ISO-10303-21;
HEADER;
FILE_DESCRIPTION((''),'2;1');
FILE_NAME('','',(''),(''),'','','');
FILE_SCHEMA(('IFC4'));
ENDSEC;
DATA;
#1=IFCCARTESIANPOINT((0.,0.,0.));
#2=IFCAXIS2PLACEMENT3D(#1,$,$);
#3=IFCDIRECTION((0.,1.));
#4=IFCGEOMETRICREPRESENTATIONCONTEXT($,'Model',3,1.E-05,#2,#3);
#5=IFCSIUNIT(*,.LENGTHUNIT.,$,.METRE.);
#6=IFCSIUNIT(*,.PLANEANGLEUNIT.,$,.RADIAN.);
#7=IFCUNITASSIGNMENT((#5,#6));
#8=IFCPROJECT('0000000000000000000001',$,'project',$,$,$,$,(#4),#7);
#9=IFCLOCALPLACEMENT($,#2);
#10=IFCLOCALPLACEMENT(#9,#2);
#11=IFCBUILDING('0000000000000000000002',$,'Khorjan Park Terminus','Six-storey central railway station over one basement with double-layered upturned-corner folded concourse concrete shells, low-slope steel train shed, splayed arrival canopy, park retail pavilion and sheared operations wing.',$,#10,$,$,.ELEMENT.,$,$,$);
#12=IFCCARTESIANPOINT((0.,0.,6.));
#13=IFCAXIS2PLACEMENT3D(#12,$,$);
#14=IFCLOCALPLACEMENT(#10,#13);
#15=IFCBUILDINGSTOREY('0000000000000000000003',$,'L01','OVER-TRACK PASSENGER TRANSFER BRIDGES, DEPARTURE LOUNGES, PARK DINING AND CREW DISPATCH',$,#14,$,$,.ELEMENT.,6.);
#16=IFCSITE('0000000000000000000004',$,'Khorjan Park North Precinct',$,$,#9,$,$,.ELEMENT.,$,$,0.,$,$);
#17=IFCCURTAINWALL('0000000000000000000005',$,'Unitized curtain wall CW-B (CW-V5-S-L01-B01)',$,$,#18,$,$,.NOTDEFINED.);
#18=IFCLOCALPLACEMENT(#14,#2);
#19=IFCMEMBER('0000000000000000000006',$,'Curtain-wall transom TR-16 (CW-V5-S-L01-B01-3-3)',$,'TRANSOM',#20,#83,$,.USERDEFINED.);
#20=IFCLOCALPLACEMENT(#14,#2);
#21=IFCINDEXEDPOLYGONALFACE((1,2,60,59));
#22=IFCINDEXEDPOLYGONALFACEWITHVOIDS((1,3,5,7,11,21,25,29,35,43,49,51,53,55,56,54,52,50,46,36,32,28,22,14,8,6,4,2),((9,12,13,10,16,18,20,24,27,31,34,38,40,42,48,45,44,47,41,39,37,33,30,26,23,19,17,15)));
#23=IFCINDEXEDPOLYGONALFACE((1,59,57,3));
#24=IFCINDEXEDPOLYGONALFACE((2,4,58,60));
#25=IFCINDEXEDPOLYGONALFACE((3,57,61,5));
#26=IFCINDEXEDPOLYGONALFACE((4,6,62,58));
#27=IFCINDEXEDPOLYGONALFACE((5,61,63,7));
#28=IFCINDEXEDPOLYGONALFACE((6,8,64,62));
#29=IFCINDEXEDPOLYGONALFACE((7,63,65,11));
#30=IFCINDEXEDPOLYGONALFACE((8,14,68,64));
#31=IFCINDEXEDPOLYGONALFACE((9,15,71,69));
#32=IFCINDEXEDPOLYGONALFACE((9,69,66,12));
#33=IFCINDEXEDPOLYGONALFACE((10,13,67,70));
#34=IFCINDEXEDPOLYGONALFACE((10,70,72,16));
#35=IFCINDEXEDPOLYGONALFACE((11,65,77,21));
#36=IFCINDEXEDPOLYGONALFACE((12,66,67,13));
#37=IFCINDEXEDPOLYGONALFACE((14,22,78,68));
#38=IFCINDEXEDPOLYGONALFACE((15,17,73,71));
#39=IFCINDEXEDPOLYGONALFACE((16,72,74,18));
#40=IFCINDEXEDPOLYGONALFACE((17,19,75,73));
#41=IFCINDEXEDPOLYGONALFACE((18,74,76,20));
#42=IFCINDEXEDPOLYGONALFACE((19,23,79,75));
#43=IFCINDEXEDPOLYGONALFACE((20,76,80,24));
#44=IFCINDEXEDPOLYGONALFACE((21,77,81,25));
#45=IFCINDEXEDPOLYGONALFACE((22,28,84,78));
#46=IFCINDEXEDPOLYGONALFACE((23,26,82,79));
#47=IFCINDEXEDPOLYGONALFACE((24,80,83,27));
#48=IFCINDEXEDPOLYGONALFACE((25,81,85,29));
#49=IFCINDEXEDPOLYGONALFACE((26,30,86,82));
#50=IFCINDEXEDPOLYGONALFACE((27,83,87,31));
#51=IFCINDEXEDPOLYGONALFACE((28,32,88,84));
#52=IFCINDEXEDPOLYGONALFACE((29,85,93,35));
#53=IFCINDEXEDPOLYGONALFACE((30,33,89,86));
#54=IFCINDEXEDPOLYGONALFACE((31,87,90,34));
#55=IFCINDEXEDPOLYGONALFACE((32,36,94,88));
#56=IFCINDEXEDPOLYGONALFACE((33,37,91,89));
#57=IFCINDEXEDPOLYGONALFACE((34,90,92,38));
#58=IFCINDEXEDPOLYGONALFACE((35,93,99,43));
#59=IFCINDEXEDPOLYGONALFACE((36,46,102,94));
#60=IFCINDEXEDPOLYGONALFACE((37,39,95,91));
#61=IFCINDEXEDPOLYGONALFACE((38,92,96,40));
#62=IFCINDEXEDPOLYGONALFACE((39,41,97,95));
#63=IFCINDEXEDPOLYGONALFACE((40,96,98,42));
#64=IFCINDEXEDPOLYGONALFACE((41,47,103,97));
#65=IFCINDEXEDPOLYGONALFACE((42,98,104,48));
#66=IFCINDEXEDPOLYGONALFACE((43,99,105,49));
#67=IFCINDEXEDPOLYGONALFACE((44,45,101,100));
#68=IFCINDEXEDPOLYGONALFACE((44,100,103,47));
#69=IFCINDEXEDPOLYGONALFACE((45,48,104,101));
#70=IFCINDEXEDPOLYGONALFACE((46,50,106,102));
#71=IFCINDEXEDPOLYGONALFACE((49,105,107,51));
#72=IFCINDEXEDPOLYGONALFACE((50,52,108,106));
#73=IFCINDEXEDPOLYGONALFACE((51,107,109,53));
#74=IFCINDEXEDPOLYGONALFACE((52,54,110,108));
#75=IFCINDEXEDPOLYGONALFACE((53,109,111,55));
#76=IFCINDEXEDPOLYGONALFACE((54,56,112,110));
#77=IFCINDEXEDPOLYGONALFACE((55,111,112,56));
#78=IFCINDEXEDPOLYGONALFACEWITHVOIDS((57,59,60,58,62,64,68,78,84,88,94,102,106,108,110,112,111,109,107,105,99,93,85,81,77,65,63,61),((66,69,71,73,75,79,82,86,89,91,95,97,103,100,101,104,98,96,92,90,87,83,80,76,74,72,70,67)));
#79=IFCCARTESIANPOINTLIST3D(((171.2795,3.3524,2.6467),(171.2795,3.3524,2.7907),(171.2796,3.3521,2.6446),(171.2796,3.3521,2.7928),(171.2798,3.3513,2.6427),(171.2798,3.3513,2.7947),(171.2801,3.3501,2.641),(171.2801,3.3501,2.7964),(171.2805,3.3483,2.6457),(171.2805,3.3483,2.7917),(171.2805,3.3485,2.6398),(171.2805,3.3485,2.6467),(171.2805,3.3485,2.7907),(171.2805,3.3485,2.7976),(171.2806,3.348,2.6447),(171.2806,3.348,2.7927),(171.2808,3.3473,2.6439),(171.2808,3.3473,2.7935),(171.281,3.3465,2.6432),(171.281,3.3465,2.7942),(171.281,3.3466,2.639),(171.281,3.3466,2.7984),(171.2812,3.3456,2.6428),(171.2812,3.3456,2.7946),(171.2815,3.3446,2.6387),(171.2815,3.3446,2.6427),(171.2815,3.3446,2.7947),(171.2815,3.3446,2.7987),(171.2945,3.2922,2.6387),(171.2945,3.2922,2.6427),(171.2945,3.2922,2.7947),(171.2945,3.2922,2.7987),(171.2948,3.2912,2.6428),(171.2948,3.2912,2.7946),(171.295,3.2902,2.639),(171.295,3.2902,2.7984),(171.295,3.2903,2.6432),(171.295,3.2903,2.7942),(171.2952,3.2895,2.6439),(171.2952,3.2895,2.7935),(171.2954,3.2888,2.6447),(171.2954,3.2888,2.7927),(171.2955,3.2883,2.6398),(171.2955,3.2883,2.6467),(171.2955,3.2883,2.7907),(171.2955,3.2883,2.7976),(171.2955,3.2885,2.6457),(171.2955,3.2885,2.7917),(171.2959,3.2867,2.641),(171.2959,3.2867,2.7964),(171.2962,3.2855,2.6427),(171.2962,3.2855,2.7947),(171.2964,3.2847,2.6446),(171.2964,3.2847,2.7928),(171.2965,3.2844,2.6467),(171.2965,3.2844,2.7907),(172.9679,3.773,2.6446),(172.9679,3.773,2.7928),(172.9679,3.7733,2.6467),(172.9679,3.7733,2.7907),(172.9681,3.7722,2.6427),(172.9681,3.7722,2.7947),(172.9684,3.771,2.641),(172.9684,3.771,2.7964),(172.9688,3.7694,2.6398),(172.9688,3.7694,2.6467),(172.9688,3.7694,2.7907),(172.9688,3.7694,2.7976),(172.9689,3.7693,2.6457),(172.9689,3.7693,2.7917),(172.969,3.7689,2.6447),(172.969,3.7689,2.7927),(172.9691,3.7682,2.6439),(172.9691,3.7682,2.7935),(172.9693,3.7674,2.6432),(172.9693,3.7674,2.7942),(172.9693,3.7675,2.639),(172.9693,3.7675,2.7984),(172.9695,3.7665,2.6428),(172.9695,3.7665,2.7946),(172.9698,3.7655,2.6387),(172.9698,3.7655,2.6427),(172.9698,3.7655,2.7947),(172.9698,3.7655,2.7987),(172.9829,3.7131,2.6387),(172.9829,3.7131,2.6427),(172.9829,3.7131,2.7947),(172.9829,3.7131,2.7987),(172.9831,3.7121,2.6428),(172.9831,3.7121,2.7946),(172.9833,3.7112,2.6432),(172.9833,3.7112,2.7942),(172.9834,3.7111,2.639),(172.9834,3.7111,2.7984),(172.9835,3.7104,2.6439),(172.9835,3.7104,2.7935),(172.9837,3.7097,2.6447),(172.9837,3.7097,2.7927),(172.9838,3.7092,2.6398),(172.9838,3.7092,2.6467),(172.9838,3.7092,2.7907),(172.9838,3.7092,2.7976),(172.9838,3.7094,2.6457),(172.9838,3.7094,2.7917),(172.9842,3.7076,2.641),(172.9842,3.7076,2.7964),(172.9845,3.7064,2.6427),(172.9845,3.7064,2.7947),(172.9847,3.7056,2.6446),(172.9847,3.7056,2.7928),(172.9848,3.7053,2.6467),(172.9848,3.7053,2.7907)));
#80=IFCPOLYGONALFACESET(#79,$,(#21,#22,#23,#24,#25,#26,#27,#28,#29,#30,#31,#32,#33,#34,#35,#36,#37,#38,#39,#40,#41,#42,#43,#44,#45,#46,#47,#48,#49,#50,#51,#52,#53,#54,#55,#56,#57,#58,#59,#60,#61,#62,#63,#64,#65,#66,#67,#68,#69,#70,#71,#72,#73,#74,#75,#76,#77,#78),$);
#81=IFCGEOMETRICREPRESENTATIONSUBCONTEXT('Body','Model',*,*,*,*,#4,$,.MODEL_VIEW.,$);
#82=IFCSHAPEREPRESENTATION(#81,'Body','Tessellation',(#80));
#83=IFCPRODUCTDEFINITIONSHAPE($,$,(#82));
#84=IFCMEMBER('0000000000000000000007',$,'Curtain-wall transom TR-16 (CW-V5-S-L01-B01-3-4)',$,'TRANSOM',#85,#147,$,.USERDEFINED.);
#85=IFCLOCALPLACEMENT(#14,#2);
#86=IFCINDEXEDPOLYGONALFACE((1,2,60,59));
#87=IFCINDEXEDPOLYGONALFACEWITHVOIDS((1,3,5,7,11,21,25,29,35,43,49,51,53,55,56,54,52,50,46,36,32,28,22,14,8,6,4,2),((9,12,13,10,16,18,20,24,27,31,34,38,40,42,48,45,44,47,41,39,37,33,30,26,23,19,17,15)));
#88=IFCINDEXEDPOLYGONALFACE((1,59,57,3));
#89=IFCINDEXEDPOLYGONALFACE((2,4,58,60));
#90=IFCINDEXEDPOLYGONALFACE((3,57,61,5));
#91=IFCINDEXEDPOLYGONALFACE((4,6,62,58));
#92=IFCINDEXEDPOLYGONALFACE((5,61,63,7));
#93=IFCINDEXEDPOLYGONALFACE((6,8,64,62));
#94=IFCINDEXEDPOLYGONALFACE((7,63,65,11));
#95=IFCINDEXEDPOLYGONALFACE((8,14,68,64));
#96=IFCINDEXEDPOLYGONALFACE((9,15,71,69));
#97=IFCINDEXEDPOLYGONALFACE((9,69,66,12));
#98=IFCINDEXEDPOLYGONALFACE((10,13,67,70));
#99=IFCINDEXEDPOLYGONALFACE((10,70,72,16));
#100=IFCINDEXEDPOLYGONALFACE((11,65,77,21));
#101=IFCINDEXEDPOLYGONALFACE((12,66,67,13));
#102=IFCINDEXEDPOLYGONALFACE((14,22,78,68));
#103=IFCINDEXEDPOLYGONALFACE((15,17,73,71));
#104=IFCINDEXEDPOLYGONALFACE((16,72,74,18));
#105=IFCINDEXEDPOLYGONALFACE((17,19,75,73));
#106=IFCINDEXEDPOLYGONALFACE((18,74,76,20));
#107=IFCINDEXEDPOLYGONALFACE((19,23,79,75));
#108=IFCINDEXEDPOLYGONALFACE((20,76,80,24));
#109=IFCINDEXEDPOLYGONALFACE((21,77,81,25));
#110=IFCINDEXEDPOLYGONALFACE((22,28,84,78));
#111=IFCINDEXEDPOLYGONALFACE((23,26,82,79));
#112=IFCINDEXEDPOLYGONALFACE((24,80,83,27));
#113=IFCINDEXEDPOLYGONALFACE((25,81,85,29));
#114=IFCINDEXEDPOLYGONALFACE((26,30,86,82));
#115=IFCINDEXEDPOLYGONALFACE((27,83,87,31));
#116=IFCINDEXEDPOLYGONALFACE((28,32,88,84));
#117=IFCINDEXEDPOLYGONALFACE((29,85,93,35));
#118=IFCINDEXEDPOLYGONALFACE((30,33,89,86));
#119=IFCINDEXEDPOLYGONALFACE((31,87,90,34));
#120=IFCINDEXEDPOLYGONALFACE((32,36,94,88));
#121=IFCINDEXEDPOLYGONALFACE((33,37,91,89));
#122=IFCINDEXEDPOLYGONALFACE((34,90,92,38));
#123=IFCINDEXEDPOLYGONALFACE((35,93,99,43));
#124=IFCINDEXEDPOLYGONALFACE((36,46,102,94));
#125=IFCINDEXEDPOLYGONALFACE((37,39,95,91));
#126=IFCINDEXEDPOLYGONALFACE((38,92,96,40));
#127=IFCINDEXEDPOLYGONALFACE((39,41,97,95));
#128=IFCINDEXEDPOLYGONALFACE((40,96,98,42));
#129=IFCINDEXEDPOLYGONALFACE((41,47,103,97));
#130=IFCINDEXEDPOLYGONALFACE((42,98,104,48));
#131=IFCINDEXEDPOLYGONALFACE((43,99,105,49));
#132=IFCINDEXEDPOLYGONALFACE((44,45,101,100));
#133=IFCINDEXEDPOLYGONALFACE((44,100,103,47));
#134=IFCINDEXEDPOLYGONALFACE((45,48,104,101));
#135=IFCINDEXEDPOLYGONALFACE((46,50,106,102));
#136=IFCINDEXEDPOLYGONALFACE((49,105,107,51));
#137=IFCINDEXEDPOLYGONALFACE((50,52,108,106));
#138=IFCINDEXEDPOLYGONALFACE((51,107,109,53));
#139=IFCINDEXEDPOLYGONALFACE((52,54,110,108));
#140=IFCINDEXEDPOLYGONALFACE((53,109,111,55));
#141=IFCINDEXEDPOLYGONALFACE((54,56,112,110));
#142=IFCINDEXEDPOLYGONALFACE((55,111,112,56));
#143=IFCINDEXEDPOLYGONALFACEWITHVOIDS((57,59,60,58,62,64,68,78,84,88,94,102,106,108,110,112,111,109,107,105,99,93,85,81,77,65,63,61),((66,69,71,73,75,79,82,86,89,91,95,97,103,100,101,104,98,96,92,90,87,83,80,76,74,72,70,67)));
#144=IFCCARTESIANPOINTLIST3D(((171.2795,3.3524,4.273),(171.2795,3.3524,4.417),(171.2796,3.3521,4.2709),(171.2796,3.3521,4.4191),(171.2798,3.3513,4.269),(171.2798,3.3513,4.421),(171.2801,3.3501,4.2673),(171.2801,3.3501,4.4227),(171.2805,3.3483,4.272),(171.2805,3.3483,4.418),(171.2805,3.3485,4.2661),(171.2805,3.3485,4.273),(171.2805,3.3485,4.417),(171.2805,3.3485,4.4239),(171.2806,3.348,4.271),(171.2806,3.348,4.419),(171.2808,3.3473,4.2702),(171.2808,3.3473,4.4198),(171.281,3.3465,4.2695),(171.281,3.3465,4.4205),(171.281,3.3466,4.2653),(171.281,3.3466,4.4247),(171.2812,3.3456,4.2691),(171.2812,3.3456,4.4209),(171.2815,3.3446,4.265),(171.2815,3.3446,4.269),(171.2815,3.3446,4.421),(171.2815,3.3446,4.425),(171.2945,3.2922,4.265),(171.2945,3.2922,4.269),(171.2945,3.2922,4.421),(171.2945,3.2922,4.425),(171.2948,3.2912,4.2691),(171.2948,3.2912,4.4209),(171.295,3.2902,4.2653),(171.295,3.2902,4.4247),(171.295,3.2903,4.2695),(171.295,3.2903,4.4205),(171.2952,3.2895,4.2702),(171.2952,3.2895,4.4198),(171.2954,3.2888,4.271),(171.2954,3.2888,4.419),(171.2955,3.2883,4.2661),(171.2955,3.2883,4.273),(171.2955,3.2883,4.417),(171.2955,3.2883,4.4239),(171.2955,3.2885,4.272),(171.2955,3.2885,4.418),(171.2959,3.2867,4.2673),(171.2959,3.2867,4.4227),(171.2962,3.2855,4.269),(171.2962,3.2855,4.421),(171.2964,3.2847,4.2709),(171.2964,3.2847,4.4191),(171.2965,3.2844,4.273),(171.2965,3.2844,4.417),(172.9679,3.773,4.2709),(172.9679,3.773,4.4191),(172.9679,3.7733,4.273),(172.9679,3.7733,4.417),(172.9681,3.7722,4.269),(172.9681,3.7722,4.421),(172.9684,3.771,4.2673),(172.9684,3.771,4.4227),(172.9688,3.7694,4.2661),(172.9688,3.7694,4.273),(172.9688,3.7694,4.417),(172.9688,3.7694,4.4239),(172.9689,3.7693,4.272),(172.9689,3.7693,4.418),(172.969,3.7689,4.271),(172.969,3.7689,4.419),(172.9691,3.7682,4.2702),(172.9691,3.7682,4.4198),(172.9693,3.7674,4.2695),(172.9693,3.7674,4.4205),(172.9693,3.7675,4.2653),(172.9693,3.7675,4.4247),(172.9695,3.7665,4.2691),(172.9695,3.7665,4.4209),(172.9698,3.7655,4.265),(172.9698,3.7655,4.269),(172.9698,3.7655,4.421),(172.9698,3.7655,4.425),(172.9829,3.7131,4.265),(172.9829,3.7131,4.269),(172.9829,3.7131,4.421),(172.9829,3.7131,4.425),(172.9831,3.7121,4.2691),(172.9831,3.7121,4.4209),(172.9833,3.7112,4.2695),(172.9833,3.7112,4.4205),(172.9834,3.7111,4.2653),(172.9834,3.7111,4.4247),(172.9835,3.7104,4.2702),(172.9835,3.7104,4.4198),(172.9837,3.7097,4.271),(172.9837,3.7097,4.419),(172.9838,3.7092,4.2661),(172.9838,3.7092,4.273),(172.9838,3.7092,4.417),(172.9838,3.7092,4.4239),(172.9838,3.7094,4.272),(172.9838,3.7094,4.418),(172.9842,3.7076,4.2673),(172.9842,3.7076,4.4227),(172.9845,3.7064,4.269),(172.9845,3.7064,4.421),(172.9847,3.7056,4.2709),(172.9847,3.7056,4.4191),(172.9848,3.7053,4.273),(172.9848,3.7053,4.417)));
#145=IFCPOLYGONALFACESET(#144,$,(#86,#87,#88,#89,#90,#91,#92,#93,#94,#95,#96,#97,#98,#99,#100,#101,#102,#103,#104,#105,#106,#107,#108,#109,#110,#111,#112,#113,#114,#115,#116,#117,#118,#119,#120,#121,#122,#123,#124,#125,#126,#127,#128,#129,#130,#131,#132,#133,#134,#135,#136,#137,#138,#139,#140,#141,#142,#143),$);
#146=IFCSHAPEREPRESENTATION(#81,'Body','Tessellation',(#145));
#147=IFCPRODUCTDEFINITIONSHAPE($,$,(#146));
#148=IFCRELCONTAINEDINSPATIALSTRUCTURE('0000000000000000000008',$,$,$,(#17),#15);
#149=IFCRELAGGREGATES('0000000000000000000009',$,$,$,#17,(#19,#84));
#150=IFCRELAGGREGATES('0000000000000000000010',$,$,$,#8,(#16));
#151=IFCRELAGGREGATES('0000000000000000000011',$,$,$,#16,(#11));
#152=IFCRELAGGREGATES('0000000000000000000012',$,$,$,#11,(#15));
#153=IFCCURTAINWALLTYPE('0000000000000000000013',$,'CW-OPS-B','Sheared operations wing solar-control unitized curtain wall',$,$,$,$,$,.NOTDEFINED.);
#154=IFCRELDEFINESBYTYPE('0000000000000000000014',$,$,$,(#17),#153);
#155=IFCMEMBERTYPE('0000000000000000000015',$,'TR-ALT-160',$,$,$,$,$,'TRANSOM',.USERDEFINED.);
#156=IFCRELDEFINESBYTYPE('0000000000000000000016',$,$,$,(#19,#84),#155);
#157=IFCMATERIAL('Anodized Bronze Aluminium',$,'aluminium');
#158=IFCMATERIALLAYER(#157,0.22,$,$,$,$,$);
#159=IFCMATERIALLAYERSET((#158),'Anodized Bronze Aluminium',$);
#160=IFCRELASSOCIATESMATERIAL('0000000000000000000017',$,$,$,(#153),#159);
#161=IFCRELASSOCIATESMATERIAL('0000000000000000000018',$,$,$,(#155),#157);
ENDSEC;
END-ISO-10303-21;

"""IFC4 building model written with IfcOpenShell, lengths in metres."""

from ifc_helpers import new_model, si_unit, direction, frame, origin, origin_2d, place, context, subcontext, project, spatial, hollow_rectangle, extrude, material, layer, layer_set, material_profile, profile_set, type_object, element, aggregate, save


model = new_model("IFC4")

# Units and contexts
model_context = context("Model", 3, precision=1e-05, world=origin(), true_north=direction((0.0, 1.0)))
body_context = subcontext(model_context, "Body", "Model", "MODEL_VIEW")
ifc_project = project(units=[si_unit("LENGTHUNIT", "METRE"), si_unit("PLANEANGLEUNIT", "RADIAN")], contexts=[model_context])

# Site, building, storey
site_placement = place(None, origin())
site = spatial("IfcSite", under=ifc_project, at=site_placement, Name="Khorjan Park North Precinct", CompositionType="ELEMENT", RefElevation=0.0)
building_placement = place(site_placement, origin())
building = spatial("IfcBuilding", under=site, at=building_placement, Name="Khorjan Park Terminus", Description="Six-storey central railway station over one basement with double-layered upturned-corner folded concourse concrete shells, low-slope steel train shed, splayed arrival canopy, park retail pavilion and sheared operations wing.", CompositionType="ELEMENT")
storey_placement = place(building_placement, frame((0.0, 0.0, 6.0)))
storey = spatial("IfcBuildingStorey", under=building, at=storey_placement, Name="L01", Description="OVER-TRACK PASSENGER TRANSFER BRIDGES, DEPARTURE LOUNGES, PARK DINING AND CREW DISPATCH", CompositionType="ELEMENT", Elevation=6.0)

# Curtain wall, members
ifc_material_1 = material(Name="Anodized Bronze Aluminium", Category="aluminium")
ifc_layer_1 = layer(ifc_material_1, 0.22)
ifc_layer_set_1 = layer_set([ifc_layer_1], Name="Anodized Bronze Aluminium")
curtain_wall_type = type_object("IfcCurtainWallType", Name="CW-OPS-B", Description="Sheared operations wing solar-control unitized curtain wall", PredefinedType="NOTDEFINED", material=ifc_layer_set_1)
curtain_wall_placement = place(storey_placement, origin())
curtain_wall = element("IfcCurtainWall", 1, at=curtain_wall_placement, inside=storey, type_object=curtain_wall_type, Name="Unitized curtain wall CW-B (CW-V5-S-L01-B01)", PredefinedType="NOTDEFINED")
ifc_material_profile_1 = material_profile(ifc_material_1, hollow_rectangle(XDim=0.07, YDim=0.16, WallThickness=0.004, InnerFilletRadius=0.004, OuterFilletRadius=0.008, at=origin_2d()), Name="ALT 70x160x4")
ifc_profile_set_1 = profile_set([ifc_material_profile_1], Name="Anodized Bronze Aluminium")
member_type_1 = type_object("IfcMemberType", Name="TR-ALT-160", ElementType="TRANSOM", PredefinedType="USERDEFINED", material=ifc_profile_set_1)
member_1_placement = place(storey_placement, frame((171.288, 3.3184, 2.7187), z_axis=(0.970301, 0.2419, 0.0), x_axis=(-0.2419, 0.970301, 0.0)))
member_1 = element("IfcMember", 2, at=member_1_placement, type_object=member_type_1, Name="Curtain-wall transom TR-16 (CW-V5-S-L01-B01-3-3)", ObjectType="TRANSOM", PredefinedType="USERDEFINED", context=body_context, shape_type="SweptSolid", body=[
    extrude(hollow_rectangle(XDim=0.07, YDim=0.16, WallThickness=0.004, InnerFilletRadius=0.004, OuterFilletRadius=0.008, at=origin_2d()), origin(), (0.0, 0.0, 1.0), 1.74),
])
member_2_placement = place(storey_placement, frame((171.288, 3.3184, 4.345), z_axis=(0.970301, 0.2419, 0.0), x_axis=(-0.2419, 0.970301, 0.0)))
member_2 = element("IfcMember", 3, at=member_2_placement, type_object=member_type_1, Name="Curtain-wall transom TR-16 (CW-V5-S-L01-B01-3-4)", ObjectType="TRANSOM", PredefinedType="USERDEFINED", context=body_context, shape_type="SweptSolid", body=[
    extrude(hollow_rectangle(XDim=0.07, YDim=0.16, WallThickness=0.004, InnerFilletRadius=0.004, OuterFilletRadius=0.008, at=origin_2d()), origin(), (0.0, 0.0, 1.0), 1.74),
])
aggregate(curtain_wall, [member_1, member_2])

save(model, "model.ifc")
